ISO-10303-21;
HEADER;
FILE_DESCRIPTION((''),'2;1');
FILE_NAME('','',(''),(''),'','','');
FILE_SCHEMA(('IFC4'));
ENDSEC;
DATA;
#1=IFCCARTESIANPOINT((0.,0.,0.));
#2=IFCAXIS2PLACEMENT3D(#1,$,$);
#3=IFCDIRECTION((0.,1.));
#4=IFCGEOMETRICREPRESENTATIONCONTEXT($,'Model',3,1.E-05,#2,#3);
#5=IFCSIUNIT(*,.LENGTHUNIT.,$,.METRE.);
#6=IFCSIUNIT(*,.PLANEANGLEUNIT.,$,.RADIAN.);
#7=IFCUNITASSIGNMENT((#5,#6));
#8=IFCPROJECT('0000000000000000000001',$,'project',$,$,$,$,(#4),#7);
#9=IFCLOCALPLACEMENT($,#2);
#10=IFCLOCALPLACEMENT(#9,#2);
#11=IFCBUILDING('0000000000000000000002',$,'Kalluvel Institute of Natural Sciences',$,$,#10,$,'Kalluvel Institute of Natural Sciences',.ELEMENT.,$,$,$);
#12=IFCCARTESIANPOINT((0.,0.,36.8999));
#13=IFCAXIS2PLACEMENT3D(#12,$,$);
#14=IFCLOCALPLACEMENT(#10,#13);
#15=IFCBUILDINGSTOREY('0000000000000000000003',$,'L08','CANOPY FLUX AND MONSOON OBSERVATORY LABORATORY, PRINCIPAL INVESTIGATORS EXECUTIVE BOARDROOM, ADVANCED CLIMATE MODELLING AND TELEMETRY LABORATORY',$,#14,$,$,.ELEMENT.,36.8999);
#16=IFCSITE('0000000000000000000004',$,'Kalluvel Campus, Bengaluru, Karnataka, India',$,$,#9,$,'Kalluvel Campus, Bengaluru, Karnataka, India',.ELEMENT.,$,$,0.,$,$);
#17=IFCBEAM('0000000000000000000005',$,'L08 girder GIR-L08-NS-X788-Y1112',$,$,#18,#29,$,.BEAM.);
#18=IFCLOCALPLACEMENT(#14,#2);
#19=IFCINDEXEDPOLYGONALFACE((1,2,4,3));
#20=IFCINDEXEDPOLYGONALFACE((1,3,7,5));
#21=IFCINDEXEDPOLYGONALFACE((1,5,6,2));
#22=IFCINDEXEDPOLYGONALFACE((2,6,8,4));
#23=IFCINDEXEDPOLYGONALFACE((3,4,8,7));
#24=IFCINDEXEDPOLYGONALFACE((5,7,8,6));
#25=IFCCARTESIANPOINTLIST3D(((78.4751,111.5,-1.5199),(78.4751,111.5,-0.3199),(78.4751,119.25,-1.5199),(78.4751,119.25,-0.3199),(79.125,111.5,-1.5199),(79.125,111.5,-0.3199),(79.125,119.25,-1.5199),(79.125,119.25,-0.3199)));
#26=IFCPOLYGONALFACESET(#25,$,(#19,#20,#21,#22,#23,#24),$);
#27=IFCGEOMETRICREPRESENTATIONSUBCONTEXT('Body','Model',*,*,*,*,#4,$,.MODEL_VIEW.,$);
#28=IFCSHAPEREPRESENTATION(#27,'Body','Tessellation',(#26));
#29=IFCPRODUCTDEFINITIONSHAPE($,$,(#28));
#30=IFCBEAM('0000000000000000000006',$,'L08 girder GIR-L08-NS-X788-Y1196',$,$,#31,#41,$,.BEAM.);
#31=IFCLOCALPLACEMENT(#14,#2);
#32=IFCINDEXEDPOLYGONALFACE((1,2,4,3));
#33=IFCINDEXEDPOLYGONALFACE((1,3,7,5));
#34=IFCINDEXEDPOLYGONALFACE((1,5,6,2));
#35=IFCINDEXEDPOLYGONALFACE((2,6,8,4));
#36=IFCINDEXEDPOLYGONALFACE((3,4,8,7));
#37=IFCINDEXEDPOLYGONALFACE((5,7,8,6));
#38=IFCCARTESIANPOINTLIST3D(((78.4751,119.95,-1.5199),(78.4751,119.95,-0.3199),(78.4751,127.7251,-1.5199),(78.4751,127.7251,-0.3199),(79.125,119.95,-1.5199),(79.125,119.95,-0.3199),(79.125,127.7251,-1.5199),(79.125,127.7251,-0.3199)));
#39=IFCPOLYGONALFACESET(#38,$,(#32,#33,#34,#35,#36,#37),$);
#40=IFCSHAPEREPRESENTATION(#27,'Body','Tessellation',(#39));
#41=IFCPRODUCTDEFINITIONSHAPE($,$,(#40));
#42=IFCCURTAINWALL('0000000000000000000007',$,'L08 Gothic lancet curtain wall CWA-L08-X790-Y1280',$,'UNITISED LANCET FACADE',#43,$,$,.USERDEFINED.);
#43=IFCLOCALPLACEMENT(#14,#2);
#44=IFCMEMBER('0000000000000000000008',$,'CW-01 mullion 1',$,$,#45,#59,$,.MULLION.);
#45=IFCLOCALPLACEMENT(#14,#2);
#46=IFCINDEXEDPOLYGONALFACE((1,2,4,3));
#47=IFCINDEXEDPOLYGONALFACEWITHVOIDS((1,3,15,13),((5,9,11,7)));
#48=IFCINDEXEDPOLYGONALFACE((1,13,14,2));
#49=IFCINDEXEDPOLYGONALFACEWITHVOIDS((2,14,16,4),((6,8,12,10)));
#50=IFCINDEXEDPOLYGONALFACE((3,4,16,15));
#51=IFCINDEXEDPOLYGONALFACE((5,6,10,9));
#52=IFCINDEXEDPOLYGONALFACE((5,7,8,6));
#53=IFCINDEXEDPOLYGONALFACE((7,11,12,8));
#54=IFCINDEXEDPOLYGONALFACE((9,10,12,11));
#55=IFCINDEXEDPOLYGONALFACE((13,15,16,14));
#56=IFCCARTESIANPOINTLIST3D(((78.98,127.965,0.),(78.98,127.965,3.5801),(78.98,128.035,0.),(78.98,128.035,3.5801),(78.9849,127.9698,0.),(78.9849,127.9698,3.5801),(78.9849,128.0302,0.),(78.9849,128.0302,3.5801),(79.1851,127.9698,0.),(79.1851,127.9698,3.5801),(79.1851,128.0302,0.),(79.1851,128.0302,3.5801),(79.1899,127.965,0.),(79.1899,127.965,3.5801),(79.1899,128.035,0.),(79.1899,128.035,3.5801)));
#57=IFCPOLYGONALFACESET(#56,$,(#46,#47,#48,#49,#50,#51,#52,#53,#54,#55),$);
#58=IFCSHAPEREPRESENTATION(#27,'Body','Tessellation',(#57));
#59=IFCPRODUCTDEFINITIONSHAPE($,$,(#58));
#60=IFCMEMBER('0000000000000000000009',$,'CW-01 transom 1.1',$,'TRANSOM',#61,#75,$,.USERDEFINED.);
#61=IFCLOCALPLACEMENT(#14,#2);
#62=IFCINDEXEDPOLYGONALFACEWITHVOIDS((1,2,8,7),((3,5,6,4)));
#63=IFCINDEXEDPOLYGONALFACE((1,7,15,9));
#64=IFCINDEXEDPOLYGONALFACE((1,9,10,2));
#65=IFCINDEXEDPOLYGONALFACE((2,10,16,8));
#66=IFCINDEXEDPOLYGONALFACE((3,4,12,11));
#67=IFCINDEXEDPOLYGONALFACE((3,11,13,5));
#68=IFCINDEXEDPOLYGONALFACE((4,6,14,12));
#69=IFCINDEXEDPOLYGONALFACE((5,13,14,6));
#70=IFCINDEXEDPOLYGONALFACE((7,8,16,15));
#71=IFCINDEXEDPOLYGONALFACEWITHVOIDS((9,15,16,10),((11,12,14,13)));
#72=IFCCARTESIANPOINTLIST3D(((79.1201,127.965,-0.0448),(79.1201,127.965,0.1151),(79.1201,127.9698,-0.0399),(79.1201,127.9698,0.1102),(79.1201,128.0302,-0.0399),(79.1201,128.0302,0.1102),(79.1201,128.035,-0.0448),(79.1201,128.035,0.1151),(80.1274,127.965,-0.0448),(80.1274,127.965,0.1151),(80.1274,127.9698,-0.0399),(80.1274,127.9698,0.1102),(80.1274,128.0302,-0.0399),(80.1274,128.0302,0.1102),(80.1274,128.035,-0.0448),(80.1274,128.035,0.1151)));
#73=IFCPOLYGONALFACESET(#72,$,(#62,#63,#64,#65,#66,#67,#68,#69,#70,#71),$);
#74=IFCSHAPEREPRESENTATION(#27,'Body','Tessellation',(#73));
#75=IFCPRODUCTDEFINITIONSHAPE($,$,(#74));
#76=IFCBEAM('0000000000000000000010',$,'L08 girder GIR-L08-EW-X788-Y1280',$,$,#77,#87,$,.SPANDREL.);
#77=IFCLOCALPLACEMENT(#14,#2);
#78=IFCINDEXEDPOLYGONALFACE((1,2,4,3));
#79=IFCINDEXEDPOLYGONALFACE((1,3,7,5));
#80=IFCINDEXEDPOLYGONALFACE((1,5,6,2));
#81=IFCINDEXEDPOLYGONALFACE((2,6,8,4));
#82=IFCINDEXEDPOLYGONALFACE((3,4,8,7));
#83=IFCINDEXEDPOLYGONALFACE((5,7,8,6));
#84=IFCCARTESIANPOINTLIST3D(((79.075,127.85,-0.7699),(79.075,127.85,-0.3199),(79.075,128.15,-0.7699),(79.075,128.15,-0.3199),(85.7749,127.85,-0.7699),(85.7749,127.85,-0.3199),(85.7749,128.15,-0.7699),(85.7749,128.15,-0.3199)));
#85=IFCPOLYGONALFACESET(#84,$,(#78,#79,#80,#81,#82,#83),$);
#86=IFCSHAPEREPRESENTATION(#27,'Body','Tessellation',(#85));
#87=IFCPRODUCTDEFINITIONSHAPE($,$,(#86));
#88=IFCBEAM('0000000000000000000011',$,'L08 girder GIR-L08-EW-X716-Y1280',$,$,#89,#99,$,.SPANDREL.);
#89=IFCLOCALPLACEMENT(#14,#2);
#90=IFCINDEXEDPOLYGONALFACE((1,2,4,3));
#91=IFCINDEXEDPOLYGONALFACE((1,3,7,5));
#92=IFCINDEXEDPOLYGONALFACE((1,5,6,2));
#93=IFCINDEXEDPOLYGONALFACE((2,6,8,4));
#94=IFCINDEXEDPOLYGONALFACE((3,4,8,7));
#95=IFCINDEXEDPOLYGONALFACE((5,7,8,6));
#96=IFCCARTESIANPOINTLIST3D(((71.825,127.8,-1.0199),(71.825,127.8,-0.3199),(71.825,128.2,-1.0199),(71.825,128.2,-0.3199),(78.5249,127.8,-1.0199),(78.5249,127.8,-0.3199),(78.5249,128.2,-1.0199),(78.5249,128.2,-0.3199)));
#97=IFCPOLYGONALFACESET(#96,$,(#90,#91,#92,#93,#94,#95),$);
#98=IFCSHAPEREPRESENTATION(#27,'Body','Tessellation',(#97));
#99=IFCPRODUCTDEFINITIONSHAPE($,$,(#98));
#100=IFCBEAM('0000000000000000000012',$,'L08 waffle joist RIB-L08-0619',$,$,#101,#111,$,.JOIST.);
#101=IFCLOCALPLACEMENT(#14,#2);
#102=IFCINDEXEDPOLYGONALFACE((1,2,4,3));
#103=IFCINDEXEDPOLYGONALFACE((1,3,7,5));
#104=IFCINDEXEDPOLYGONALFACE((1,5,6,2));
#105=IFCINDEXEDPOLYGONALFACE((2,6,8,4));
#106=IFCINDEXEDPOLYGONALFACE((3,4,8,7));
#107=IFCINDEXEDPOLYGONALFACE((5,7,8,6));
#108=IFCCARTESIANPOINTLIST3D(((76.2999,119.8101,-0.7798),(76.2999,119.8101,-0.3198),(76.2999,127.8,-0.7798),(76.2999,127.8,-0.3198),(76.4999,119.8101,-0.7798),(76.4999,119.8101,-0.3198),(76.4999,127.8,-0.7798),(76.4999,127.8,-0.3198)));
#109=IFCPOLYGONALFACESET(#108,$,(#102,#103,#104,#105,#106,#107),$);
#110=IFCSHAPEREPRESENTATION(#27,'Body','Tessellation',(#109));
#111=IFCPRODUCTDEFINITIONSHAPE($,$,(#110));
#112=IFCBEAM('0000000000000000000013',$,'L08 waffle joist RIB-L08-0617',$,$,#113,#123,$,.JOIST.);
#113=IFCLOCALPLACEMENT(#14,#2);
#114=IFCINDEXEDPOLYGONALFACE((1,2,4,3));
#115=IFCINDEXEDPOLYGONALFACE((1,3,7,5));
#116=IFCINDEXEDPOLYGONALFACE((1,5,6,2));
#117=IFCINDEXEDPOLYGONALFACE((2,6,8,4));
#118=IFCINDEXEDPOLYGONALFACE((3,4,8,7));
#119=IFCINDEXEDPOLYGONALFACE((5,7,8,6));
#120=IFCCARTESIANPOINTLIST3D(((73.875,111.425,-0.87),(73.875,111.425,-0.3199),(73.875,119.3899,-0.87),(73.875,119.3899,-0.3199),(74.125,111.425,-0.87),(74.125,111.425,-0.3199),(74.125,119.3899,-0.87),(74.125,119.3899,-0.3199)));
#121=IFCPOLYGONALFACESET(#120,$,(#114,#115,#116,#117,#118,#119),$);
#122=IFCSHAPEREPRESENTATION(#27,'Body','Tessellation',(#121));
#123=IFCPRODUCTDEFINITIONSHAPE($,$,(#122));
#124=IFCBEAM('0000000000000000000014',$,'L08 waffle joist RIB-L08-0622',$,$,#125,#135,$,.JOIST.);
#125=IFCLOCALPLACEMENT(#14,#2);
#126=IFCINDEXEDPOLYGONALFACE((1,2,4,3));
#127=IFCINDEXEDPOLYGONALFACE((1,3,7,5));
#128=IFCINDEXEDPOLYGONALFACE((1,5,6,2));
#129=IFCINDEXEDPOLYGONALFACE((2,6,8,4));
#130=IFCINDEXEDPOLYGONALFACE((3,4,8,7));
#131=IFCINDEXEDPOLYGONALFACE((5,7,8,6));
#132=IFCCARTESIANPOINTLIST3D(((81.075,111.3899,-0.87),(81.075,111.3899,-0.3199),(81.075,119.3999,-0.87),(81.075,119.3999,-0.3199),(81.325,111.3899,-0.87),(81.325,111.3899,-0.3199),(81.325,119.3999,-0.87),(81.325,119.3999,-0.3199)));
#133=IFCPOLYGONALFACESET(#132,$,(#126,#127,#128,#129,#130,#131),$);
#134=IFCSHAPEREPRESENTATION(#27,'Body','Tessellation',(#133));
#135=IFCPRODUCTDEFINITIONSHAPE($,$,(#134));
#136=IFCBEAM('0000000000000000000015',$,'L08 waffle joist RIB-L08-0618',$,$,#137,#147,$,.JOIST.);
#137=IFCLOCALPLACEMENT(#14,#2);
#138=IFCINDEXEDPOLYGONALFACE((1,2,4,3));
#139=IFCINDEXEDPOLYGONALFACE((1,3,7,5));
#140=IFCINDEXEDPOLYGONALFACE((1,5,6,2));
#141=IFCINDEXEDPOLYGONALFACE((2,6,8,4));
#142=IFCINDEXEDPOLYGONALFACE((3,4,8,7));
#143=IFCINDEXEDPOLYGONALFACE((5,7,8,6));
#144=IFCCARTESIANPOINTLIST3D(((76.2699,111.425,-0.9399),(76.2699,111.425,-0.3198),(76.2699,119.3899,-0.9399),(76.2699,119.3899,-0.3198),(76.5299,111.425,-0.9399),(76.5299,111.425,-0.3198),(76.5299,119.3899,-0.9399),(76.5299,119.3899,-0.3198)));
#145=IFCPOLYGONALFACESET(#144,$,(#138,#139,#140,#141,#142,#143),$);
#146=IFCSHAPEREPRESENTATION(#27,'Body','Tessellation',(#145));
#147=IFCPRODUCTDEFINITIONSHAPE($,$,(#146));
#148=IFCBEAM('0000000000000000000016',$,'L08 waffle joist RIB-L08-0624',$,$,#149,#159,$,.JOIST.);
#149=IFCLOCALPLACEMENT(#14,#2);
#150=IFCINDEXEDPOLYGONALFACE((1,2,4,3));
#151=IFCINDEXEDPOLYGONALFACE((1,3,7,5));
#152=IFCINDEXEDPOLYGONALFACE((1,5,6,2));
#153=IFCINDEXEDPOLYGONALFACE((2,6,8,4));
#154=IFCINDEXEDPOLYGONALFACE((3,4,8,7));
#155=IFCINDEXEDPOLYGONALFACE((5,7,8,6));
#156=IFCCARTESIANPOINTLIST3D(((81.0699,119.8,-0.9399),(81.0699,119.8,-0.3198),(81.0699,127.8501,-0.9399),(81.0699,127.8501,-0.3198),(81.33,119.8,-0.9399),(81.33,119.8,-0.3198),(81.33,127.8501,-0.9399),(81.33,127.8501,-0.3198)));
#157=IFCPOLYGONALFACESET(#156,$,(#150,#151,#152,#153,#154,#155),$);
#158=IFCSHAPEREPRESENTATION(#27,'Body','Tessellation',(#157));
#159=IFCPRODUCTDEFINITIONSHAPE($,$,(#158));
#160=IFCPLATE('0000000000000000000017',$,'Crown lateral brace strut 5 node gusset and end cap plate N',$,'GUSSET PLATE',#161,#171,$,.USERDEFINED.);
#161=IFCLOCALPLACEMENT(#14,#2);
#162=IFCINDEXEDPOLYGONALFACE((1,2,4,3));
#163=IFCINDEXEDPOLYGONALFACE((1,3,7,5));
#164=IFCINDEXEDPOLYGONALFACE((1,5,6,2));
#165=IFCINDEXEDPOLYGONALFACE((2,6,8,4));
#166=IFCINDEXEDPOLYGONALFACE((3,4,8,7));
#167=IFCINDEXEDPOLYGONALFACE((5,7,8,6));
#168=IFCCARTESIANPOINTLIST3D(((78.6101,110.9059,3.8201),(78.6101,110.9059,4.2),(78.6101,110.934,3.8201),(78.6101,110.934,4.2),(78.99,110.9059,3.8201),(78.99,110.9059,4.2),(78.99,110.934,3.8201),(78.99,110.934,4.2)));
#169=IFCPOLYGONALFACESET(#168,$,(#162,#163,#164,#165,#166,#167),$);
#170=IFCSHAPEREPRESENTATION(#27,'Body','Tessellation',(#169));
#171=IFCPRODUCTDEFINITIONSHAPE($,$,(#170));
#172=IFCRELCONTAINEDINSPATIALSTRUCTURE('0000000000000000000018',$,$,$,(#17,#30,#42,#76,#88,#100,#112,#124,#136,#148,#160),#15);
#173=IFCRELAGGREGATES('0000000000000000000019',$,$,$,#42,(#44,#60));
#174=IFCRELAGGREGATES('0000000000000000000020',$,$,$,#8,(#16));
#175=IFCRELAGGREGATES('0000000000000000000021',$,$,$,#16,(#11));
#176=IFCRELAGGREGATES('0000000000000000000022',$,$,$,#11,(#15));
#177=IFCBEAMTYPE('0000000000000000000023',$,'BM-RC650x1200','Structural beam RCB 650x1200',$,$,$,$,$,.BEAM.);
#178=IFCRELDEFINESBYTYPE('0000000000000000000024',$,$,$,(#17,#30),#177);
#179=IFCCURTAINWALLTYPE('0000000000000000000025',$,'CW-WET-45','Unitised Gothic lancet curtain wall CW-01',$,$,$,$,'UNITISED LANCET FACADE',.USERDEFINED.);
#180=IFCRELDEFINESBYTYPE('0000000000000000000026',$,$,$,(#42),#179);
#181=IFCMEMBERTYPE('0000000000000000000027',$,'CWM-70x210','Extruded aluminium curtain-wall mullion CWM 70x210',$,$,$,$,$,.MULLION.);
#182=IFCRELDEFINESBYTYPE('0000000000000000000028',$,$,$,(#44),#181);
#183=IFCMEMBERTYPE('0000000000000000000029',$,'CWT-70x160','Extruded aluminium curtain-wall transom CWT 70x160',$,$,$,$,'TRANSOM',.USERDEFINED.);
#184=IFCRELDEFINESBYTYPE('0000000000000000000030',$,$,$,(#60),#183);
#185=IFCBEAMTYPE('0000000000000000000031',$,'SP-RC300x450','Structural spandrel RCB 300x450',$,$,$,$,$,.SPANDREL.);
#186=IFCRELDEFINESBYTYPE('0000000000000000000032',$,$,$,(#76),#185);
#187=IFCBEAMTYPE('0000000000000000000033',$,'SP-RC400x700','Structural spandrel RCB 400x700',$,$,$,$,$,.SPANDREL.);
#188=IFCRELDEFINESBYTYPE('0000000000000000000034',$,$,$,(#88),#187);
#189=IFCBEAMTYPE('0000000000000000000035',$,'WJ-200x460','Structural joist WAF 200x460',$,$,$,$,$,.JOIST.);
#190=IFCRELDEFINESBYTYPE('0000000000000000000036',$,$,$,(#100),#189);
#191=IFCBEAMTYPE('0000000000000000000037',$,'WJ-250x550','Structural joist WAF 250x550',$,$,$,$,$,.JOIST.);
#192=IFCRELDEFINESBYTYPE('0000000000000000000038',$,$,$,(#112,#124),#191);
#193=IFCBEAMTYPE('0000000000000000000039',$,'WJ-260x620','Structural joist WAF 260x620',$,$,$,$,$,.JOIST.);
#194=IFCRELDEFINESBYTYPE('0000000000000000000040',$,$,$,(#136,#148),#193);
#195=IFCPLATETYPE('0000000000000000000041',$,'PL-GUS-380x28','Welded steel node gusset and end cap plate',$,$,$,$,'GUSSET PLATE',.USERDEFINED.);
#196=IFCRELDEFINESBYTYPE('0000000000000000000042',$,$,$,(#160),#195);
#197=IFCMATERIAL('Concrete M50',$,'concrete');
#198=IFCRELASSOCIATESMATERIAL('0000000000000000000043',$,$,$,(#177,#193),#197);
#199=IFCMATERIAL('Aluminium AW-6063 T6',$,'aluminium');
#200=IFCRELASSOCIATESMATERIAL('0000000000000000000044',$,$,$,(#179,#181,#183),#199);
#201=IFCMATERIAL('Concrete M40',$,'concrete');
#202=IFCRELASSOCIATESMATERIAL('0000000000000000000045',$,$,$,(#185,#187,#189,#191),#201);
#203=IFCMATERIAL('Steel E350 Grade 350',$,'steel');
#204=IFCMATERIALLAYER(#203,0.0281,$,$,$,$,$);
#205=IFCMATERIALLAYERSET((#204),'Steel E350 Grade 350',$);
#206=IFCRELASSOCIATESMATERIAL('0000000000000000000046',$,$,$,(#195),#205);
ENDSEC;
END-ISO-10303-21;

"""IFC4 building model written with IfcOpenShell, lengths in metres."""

from ifc_helpers import new_model, si_unit, direction, frame, origin, origin_2d, place, context, subcontext, project, spatial, rectangle, hollow_rectangle, extrude, material, layer, layer_set, material_profile, profile_set, type_object, element, aggregate, save


model = new_model("IFC4")

# Units and contexts
model_context = context("Model", 3, precision=1e-05, world=origin(), true_north=direction((0.0, 1.0)))
body_context = subcontext(model_context, "Body", "Model", "MODEL_VIEW")
ifc_project = project(units=[si_unit("LENGTHUNIT", "METRE"), si_unit("PLANEANGLEUNIT", "RADIAN")], contexts=[model_context])

# Site, building, storey
site_placement = place(None, origin())
site = spatial("IfcSite", under=ifc_project, at=site_placement, Name="Kalluvel Campus, Bengaluru, Karnataka, India", LongName="Kalluvel Campus, Bengaluru, Karnataka, India", CompositionType="ELEMENT", RefElevation=0.0)
building_placement = place(site_placement, origin())
building = spatial("IfcBuilding", under=site, at=building_placement, Name="Kalluvel Institute of Natural Sciences", LongName="Kalluvel Institute of Natural Sciences", CompositionType="ELEMENT")
storey_placement = place(building_placement, frame((0.0, 0.0, 36.8999)))
storey = spatial("IfcBuildingStorey", under=building, at=storey_placement, Name="L08", Description="CANOPY FLUX AND MONSOON OBSERVATORY LABORATORY, PRINCIPAL INVESTIGATORS EXECUTIVE BOARDROOM, ADVANCED CLIMATE MODELLING AND TELEMETRY LABORATORY", CompositionType="ELEMENT", Elevation=36.8999)

# Shared definitions
ifc_material_1 = material(Name="Concrete M40", Category="concrete")

# Beams
ifc_material_2 = material(Name="Steel E350 Grade 350", Category="steel")
ifc_material_3 = material(Name="Concrete M50", Category="concrete")
ifc_material_profile_1 = material_profile(ifc_material_3, rectangle(XDim=0.6499, YDim=1.2, at=origin_2d()), Name="RCB 650x1200")
ifc_profile_set_1 = profile_set([ifc_material_profile_1], Name="Concrete M50")
beam_type_1 = type_object("IfcBeamType", Name="BM-RC650x1200", Description="Structural beam RCB 650x1200", PredefinedType="BEAM", material=ifc_profile_set_1)
beam_1_placement = place(storey_placement, frame((78.8, 111.5, -0.9199), z_axis=(0.0, 1.0, 0.0), x_axis=(-1.0, 0.0, 0.0)))
element("IfcBeam", 1, at=beam_1_placement, inside=storey, type_object=beam_type_1, Name="L08 girder GIR-L08-NS-X788-Y1112", PredefinedType="BEAM", context=body_context, shape_type="SweptSolid", body=[
    extrude(rectangle(XDim=0.6499, YDim=1.2, at=origin_2d()), origin(), (0.0, 0.0, 1.0), 7.75),
])
beam_2_placement = place(storey_placement, frame((78.8, 119.95, -0.9199), z_axis=(0.0, 1.0, 0.0), x_axis=(-1.0, 0.0, 0.0)))
element("IfcBeam", 2, at=beam_2_placement, inside=storey, type_object=beam_type_1, Name="L08 girder GIR-L08-NS-X788-Y1196", PredefinedType="BEAM", context=body_context, shape_type="SweptSolid", body=[
    extrude(rectangle(XDim=0.6499, YDim=1.2, at=origin_2d()), origin(), (0.0, 0.0, 1.0), 7.7751),
])

# Curtain wall, members
ifc_material_4 = material(Name="Aluminium AW-6063 T6", Category="aluminium")
curtain_wall_type = type_object("IfcCurtainWallType", Name="CW-WET-45", Description="Unitised Gothic lancet curtain wall CW-01", ElementType="UNITISED LANCET FACADE", PredefinedType="USERDEFINED", material=ifc_material_4)
curtain_wall_placement = place(storey_placement, origin())
curtain_wall = element("IfcCurtainWall", 3, at=curtain_wall_placement, inside=storey, type_object=curtain_wall_type, Name="L08 Gothic lancet curtain wall CWA-L08-X790-Y1280", ObjectType="UNITISED LANCET FACADE", PredefinedType="USERDEFINED")
ifc_material_profile_2 = material_profile(ifc_material_4, hollow_rectangle(XDim=0.0701, YDim=0.21, WallThickness=0.0049, at=origin_2d()), Name="CWM 70x210")
ifc_profile_set_2 = profile_set([ifc_material_profile_2], Name="Aluminium AW-6063 T6")
member_type_1 = type_object("IfcMemberType", Name="CWM-70x210", Description="Extruded aluminium curtain-wall mullion CWM 70x210", PredefinedType="MULLION", material=ifc_profile_set_2)
member_1_placement = place(storey_placement, frame((79.085, 128.0, 0.0), z_axis=(0.0, 0.0, 1.0), x_axis=(0.0, 1.0, 0.0)))
member_1 = element("IfcMember", 4, at=member_1_placement, type_object=member_type_1, Name="CW-01 mullion 1", PredefinedType="MULLION", context=body_context, shape_type="SweptSolid", body=[
    extrude(hollow_rectangle(XDim=0.0701, YDim=0.21, WallThickness=0.0049, at=origin_2d()), origin(), (0.0, 0.0, 1.0), 3.5801),
])
ifc_material_profile_3 = material_profile(ifc_material_4, hollow_rectangle(XDim=0.0701, YDim=0.1599, WallThickness=0.0049, at=origin_2d()), Name="CWT 70x160")
ifc_profile_set_3 = profile_set([ifc_material_profile_3], Name="Aluminium AW-6063 T6")
member_type_2 = type_object("IfcMemberType", Name="CWT-70x160", Description="Extruded aluminium curtain-wall transom CWT 70x160", ElementType="TRANSOM", PredefinedType="USERDEFINED", material=ifc_profile_set_3)
member_2_placement = place(storey_placement, frame((79.1201, 128.0, 0.0352), z_axis=(1.0, 0.0, 0.0), x_axis=(0.0, 1.0, 0.0)))
member_2 = element("IfcMember", 5, at=member_2_placement, type_object=member_type_2, Name="CW-01 transom 1.1", ObjectType="TRANSOM", PredefinedType="USERDEFINED", context=body_context, shape_type="SweptSolid", body=[
    extrude(hollow_rectangle(XDim=0.0701, YDim=0.1599, WallThickness=0.0049, at=origin_2d()), origin(), (0.0, 0.0, 1.0), 1.0073),
])
aggregate(curtain_wall, [member_1, member_2])

# Beams
ifc_material_profile_4 = material_profile(ifc_material_1, rectangle(XDim=0.3, YDim=0.45, at=origin_2d()), Name="RCB 300x450")
ifc_profile_set_4 = profile_set([ifc_material_profile_4], Name="Concrete M40")
beam_type_2 = type_object("IfcBeamType", Name="SP-RC300x450", Description="Structural spandrel RCB 300x450", PredefinedType="SPANDREL", material=ifc_profile_set_4)
beam_3_placement = place(storey_placement, frame((79.075, 128.0, -0.5449), z_axis=(1.0, 0.0, 0.0), x_axis=(0.0, 1.0, 0.0)))
element("IfcBeam", 6, at=beam_3_placement, inside=storey, type_object=beam_type_2, Name="L08 girder GIR-L08-EW-X788-Y1280", PredefinedType="SPANDREL", context=body_context, shape_type="SweptSolid", body=[
    extrude(rectangle(XDim=0.3, YDim=0.45, at=origin_2d()), origin(), (0.0, 0.0, 1.0), 6.7),
])
ifc_material_profile_5 = material_profile(ifc_material_1, rectangle(XDim=0.3999, YDim=0.7, at=origin_2d()), Name="RCB 400x700")
ifc_profile_set_5 = profile_set([ifc_material_profile_5], Name="Concrete M40")
beam_type_3 = type_object("IfcBeamType", Name="SP-RC400x700", Description="Structural spandrel RCB 400x700", PredefinedType="SPANDREL", material=ifc_profile_set_5)
beam_4_placement = place(storey_placement, frame((71.825, 128.0, -0.6699), z_axis=(1.0, 0.0, 0.0), x_axis=(0.0, 1.0, 0.0)))
element("IfcBeam", 7, at=beam_4_placement, inside=storey, type_object=beam_type_3, Name="L08 girder GIR-L08-EW-X716-Y1280", PredefinedType="SPANDREL", context=body_context, shape_type="SweptSolid", body=[
    extrude(rectangle(XDim=0.3999, YDim=0.7, at=origin_2d()), origin(), (0.0, 0.0, 1.0), 6.7),
])
ifc_material_profile_6 = material_profile(ifc_material_1, rectangle(XDim=0.2, YDim=0.46, at=origin_2d()), Name="WAF 200x460")
ifc_profile_set_6 = profile_set([ifc_material_profile_6], Name="Concrete M40")
beam_type_4 = type_object("IfcBeamType", Name="WJ-200x460", Description="Structural joist WAF 200x460", PredefinedType="JOIST", material=ifc_profile_set_6)
beam_5_placement = place(storey_placement, frame((76.3999, 119.8101, -0.5498), z_axis=(0.0, 1.0, 0.0), x_axis=(-1.0, 0.0, 0.0)))
element("IfcBeam", 8, at=beam_5_placement, inside=storey, type_object=beam_type_4, Name="L08 waffle joist RIB-L08-0619", PredefinedType="JOIST", context=body_context, shape_type="SweptSolid", body=[
    extrude(rectangle(XDim=0.2, YDim=0.46, at=origin_2d()), origin(), (0.0, 0.0, 1.0), 7.99),
])
ifc_material_profile_7 = material_profile(ifc_material_1, rectangle(XDim=0.25, YDim=0.55, at=origin_2d()), Name="WAF 250x550")
ifc_profile_set_7 = profile_set([ifc_material_profile_7], Name="Concrete M40")
beam_type_5 = type_object("IfcBeamType", Name="WJ-250x550", Description="Structural joist WAF 250x550", PredefinedType="JOIST", material=ifc_profile_set_7)
beam_6_placement = place(storey_placement, frame((74.0, 111.425, -0.595), z_axis=(0.0, 1.0, 0.0), x_axis=(-1.0, 0.0, 0.0)))
element("IfcBeam", 9, at=beam_6_placement, inside=storey, type_object=beam_type_5, Name="L08 waffle joist RIB-L08-0617", PredefinedType="JOIST", context=body_context, shape_type="SweptSolid", body=[
    extrude(rectangle(XDim=0.25, YDim=0.55, at=origin_2d()), origin(), (0.0, 0.0, 1.0), 7.9648),
])
beam_7_placement = place(storey_placement, frame((81.2, 111.3899, -0.595), z_axis=(0.0, 1.0, 0.0), x_axis=(-1.0, 0.0, 0.0)))
element("IfcBeam", 10, at=beam_7_placement, inside=storey, type_object=beam_type_5, Name="L08 waffle joist RIB-L08-0622", PredefinedType="JOIST", context=body_context, shape_type="SweptSolid", body=[
    extrude(rectangle(XDim=0.25, YDim=0.55, at=origin_2d()), origin(), (0.0, 0.0, 1.0), 8.01),
])
ifc_material_profile_8 = material_profile(ifc_material_3, rectangle(XDim=0.26, YDim=0.6201, at=origin_2d()), Name="WAF 260x620")
ifc_profile_set_8 = profile_set([ifc_material_profile_8], Name="Concrete M50")
beam_type_6 = type_object("IfcBeamType", Name="WJ-260x620", Description="Structural joist WAF 260x620", PredefinedType="JOIST", material=ifc_profile_set_8)
beam_8_placement = place(storey_placement, frame((76.3999, 111.425, -0.6299), z_axis=(0.0, 1.0, 0.0), x_axis=(-1.0, 0.0, 0.0)))
element("IfcBeam", 11, at=beam_8_placement, inside=storey, type_object=beam_type_6, Name="L08 waffle joist RIB-L08-0618", PredefinedType="JOIST", context=body_context, shape_type="SweptSolid", body=[
    extrude(rectangle(XDim=0.26, YDim=0.6201, at=origin_2d()), origin(), (0.0, 0.0, 1.0), 7.9648),
])
beam_9_placement = place(storey_placement, frame((81.2, 119.8, -0.6299), z_axis=(0.0, 1.0, 0.0), x_axis=(-1.0, 0.0, 0.0)))
element("IfcBeam", 12, at=beam_9_placement, inside=storey, type_object=beam_type_6, Name="L08 waffle joist RIB-L08-0624", PredefinedType="JOIST", context=body_context, shape_type="SweptSolid", body=[
    extrude(rectangle(XDim=0.26, YDim=0.6201, at=origin_2d()), origin(), (0.0, 0.0, 1.0), 8.05),
])

# Plate
ifc_layer_1 = layer(ifc_material_2, 0.0281)
ifc_layer_set_1 = layer_set([ifc_layer_1], Name="Steel E350 Grade 350")
plate_type = type_object("IfcPlateType", Name="PL-GUS-380x28", Description="Welded steel node gusset and end cap plate", ElementType="GUSSET PLATE", PredefinedType="USERDEFINED", material=ifc_layer_set_1)
plate_placement = place(storey_placement, frame((78.8, 110.9199, 3.8201), z_axis=(0.0, 0.0, 1.0), x_axis=(1.0, 0.0, 0.0)))
element("IfcPlate", 13, at=plate_placement, inside=storey, type_object=plate_type, Name="Crown lateral brace strut 5 node gusset and end cap plate N", ObjectType="GUSSET PLATE", PredefinedType="USERDEFINED", context=body_context, shape_type="SweptSolid", body=[
    extrude(rectangle(XDim=0.3799, YDim=0.0281, at=origin_2d()), origin(), (0.0, 0.0, 1.0), 0.3799),
])

save(model, "model.ifc")
